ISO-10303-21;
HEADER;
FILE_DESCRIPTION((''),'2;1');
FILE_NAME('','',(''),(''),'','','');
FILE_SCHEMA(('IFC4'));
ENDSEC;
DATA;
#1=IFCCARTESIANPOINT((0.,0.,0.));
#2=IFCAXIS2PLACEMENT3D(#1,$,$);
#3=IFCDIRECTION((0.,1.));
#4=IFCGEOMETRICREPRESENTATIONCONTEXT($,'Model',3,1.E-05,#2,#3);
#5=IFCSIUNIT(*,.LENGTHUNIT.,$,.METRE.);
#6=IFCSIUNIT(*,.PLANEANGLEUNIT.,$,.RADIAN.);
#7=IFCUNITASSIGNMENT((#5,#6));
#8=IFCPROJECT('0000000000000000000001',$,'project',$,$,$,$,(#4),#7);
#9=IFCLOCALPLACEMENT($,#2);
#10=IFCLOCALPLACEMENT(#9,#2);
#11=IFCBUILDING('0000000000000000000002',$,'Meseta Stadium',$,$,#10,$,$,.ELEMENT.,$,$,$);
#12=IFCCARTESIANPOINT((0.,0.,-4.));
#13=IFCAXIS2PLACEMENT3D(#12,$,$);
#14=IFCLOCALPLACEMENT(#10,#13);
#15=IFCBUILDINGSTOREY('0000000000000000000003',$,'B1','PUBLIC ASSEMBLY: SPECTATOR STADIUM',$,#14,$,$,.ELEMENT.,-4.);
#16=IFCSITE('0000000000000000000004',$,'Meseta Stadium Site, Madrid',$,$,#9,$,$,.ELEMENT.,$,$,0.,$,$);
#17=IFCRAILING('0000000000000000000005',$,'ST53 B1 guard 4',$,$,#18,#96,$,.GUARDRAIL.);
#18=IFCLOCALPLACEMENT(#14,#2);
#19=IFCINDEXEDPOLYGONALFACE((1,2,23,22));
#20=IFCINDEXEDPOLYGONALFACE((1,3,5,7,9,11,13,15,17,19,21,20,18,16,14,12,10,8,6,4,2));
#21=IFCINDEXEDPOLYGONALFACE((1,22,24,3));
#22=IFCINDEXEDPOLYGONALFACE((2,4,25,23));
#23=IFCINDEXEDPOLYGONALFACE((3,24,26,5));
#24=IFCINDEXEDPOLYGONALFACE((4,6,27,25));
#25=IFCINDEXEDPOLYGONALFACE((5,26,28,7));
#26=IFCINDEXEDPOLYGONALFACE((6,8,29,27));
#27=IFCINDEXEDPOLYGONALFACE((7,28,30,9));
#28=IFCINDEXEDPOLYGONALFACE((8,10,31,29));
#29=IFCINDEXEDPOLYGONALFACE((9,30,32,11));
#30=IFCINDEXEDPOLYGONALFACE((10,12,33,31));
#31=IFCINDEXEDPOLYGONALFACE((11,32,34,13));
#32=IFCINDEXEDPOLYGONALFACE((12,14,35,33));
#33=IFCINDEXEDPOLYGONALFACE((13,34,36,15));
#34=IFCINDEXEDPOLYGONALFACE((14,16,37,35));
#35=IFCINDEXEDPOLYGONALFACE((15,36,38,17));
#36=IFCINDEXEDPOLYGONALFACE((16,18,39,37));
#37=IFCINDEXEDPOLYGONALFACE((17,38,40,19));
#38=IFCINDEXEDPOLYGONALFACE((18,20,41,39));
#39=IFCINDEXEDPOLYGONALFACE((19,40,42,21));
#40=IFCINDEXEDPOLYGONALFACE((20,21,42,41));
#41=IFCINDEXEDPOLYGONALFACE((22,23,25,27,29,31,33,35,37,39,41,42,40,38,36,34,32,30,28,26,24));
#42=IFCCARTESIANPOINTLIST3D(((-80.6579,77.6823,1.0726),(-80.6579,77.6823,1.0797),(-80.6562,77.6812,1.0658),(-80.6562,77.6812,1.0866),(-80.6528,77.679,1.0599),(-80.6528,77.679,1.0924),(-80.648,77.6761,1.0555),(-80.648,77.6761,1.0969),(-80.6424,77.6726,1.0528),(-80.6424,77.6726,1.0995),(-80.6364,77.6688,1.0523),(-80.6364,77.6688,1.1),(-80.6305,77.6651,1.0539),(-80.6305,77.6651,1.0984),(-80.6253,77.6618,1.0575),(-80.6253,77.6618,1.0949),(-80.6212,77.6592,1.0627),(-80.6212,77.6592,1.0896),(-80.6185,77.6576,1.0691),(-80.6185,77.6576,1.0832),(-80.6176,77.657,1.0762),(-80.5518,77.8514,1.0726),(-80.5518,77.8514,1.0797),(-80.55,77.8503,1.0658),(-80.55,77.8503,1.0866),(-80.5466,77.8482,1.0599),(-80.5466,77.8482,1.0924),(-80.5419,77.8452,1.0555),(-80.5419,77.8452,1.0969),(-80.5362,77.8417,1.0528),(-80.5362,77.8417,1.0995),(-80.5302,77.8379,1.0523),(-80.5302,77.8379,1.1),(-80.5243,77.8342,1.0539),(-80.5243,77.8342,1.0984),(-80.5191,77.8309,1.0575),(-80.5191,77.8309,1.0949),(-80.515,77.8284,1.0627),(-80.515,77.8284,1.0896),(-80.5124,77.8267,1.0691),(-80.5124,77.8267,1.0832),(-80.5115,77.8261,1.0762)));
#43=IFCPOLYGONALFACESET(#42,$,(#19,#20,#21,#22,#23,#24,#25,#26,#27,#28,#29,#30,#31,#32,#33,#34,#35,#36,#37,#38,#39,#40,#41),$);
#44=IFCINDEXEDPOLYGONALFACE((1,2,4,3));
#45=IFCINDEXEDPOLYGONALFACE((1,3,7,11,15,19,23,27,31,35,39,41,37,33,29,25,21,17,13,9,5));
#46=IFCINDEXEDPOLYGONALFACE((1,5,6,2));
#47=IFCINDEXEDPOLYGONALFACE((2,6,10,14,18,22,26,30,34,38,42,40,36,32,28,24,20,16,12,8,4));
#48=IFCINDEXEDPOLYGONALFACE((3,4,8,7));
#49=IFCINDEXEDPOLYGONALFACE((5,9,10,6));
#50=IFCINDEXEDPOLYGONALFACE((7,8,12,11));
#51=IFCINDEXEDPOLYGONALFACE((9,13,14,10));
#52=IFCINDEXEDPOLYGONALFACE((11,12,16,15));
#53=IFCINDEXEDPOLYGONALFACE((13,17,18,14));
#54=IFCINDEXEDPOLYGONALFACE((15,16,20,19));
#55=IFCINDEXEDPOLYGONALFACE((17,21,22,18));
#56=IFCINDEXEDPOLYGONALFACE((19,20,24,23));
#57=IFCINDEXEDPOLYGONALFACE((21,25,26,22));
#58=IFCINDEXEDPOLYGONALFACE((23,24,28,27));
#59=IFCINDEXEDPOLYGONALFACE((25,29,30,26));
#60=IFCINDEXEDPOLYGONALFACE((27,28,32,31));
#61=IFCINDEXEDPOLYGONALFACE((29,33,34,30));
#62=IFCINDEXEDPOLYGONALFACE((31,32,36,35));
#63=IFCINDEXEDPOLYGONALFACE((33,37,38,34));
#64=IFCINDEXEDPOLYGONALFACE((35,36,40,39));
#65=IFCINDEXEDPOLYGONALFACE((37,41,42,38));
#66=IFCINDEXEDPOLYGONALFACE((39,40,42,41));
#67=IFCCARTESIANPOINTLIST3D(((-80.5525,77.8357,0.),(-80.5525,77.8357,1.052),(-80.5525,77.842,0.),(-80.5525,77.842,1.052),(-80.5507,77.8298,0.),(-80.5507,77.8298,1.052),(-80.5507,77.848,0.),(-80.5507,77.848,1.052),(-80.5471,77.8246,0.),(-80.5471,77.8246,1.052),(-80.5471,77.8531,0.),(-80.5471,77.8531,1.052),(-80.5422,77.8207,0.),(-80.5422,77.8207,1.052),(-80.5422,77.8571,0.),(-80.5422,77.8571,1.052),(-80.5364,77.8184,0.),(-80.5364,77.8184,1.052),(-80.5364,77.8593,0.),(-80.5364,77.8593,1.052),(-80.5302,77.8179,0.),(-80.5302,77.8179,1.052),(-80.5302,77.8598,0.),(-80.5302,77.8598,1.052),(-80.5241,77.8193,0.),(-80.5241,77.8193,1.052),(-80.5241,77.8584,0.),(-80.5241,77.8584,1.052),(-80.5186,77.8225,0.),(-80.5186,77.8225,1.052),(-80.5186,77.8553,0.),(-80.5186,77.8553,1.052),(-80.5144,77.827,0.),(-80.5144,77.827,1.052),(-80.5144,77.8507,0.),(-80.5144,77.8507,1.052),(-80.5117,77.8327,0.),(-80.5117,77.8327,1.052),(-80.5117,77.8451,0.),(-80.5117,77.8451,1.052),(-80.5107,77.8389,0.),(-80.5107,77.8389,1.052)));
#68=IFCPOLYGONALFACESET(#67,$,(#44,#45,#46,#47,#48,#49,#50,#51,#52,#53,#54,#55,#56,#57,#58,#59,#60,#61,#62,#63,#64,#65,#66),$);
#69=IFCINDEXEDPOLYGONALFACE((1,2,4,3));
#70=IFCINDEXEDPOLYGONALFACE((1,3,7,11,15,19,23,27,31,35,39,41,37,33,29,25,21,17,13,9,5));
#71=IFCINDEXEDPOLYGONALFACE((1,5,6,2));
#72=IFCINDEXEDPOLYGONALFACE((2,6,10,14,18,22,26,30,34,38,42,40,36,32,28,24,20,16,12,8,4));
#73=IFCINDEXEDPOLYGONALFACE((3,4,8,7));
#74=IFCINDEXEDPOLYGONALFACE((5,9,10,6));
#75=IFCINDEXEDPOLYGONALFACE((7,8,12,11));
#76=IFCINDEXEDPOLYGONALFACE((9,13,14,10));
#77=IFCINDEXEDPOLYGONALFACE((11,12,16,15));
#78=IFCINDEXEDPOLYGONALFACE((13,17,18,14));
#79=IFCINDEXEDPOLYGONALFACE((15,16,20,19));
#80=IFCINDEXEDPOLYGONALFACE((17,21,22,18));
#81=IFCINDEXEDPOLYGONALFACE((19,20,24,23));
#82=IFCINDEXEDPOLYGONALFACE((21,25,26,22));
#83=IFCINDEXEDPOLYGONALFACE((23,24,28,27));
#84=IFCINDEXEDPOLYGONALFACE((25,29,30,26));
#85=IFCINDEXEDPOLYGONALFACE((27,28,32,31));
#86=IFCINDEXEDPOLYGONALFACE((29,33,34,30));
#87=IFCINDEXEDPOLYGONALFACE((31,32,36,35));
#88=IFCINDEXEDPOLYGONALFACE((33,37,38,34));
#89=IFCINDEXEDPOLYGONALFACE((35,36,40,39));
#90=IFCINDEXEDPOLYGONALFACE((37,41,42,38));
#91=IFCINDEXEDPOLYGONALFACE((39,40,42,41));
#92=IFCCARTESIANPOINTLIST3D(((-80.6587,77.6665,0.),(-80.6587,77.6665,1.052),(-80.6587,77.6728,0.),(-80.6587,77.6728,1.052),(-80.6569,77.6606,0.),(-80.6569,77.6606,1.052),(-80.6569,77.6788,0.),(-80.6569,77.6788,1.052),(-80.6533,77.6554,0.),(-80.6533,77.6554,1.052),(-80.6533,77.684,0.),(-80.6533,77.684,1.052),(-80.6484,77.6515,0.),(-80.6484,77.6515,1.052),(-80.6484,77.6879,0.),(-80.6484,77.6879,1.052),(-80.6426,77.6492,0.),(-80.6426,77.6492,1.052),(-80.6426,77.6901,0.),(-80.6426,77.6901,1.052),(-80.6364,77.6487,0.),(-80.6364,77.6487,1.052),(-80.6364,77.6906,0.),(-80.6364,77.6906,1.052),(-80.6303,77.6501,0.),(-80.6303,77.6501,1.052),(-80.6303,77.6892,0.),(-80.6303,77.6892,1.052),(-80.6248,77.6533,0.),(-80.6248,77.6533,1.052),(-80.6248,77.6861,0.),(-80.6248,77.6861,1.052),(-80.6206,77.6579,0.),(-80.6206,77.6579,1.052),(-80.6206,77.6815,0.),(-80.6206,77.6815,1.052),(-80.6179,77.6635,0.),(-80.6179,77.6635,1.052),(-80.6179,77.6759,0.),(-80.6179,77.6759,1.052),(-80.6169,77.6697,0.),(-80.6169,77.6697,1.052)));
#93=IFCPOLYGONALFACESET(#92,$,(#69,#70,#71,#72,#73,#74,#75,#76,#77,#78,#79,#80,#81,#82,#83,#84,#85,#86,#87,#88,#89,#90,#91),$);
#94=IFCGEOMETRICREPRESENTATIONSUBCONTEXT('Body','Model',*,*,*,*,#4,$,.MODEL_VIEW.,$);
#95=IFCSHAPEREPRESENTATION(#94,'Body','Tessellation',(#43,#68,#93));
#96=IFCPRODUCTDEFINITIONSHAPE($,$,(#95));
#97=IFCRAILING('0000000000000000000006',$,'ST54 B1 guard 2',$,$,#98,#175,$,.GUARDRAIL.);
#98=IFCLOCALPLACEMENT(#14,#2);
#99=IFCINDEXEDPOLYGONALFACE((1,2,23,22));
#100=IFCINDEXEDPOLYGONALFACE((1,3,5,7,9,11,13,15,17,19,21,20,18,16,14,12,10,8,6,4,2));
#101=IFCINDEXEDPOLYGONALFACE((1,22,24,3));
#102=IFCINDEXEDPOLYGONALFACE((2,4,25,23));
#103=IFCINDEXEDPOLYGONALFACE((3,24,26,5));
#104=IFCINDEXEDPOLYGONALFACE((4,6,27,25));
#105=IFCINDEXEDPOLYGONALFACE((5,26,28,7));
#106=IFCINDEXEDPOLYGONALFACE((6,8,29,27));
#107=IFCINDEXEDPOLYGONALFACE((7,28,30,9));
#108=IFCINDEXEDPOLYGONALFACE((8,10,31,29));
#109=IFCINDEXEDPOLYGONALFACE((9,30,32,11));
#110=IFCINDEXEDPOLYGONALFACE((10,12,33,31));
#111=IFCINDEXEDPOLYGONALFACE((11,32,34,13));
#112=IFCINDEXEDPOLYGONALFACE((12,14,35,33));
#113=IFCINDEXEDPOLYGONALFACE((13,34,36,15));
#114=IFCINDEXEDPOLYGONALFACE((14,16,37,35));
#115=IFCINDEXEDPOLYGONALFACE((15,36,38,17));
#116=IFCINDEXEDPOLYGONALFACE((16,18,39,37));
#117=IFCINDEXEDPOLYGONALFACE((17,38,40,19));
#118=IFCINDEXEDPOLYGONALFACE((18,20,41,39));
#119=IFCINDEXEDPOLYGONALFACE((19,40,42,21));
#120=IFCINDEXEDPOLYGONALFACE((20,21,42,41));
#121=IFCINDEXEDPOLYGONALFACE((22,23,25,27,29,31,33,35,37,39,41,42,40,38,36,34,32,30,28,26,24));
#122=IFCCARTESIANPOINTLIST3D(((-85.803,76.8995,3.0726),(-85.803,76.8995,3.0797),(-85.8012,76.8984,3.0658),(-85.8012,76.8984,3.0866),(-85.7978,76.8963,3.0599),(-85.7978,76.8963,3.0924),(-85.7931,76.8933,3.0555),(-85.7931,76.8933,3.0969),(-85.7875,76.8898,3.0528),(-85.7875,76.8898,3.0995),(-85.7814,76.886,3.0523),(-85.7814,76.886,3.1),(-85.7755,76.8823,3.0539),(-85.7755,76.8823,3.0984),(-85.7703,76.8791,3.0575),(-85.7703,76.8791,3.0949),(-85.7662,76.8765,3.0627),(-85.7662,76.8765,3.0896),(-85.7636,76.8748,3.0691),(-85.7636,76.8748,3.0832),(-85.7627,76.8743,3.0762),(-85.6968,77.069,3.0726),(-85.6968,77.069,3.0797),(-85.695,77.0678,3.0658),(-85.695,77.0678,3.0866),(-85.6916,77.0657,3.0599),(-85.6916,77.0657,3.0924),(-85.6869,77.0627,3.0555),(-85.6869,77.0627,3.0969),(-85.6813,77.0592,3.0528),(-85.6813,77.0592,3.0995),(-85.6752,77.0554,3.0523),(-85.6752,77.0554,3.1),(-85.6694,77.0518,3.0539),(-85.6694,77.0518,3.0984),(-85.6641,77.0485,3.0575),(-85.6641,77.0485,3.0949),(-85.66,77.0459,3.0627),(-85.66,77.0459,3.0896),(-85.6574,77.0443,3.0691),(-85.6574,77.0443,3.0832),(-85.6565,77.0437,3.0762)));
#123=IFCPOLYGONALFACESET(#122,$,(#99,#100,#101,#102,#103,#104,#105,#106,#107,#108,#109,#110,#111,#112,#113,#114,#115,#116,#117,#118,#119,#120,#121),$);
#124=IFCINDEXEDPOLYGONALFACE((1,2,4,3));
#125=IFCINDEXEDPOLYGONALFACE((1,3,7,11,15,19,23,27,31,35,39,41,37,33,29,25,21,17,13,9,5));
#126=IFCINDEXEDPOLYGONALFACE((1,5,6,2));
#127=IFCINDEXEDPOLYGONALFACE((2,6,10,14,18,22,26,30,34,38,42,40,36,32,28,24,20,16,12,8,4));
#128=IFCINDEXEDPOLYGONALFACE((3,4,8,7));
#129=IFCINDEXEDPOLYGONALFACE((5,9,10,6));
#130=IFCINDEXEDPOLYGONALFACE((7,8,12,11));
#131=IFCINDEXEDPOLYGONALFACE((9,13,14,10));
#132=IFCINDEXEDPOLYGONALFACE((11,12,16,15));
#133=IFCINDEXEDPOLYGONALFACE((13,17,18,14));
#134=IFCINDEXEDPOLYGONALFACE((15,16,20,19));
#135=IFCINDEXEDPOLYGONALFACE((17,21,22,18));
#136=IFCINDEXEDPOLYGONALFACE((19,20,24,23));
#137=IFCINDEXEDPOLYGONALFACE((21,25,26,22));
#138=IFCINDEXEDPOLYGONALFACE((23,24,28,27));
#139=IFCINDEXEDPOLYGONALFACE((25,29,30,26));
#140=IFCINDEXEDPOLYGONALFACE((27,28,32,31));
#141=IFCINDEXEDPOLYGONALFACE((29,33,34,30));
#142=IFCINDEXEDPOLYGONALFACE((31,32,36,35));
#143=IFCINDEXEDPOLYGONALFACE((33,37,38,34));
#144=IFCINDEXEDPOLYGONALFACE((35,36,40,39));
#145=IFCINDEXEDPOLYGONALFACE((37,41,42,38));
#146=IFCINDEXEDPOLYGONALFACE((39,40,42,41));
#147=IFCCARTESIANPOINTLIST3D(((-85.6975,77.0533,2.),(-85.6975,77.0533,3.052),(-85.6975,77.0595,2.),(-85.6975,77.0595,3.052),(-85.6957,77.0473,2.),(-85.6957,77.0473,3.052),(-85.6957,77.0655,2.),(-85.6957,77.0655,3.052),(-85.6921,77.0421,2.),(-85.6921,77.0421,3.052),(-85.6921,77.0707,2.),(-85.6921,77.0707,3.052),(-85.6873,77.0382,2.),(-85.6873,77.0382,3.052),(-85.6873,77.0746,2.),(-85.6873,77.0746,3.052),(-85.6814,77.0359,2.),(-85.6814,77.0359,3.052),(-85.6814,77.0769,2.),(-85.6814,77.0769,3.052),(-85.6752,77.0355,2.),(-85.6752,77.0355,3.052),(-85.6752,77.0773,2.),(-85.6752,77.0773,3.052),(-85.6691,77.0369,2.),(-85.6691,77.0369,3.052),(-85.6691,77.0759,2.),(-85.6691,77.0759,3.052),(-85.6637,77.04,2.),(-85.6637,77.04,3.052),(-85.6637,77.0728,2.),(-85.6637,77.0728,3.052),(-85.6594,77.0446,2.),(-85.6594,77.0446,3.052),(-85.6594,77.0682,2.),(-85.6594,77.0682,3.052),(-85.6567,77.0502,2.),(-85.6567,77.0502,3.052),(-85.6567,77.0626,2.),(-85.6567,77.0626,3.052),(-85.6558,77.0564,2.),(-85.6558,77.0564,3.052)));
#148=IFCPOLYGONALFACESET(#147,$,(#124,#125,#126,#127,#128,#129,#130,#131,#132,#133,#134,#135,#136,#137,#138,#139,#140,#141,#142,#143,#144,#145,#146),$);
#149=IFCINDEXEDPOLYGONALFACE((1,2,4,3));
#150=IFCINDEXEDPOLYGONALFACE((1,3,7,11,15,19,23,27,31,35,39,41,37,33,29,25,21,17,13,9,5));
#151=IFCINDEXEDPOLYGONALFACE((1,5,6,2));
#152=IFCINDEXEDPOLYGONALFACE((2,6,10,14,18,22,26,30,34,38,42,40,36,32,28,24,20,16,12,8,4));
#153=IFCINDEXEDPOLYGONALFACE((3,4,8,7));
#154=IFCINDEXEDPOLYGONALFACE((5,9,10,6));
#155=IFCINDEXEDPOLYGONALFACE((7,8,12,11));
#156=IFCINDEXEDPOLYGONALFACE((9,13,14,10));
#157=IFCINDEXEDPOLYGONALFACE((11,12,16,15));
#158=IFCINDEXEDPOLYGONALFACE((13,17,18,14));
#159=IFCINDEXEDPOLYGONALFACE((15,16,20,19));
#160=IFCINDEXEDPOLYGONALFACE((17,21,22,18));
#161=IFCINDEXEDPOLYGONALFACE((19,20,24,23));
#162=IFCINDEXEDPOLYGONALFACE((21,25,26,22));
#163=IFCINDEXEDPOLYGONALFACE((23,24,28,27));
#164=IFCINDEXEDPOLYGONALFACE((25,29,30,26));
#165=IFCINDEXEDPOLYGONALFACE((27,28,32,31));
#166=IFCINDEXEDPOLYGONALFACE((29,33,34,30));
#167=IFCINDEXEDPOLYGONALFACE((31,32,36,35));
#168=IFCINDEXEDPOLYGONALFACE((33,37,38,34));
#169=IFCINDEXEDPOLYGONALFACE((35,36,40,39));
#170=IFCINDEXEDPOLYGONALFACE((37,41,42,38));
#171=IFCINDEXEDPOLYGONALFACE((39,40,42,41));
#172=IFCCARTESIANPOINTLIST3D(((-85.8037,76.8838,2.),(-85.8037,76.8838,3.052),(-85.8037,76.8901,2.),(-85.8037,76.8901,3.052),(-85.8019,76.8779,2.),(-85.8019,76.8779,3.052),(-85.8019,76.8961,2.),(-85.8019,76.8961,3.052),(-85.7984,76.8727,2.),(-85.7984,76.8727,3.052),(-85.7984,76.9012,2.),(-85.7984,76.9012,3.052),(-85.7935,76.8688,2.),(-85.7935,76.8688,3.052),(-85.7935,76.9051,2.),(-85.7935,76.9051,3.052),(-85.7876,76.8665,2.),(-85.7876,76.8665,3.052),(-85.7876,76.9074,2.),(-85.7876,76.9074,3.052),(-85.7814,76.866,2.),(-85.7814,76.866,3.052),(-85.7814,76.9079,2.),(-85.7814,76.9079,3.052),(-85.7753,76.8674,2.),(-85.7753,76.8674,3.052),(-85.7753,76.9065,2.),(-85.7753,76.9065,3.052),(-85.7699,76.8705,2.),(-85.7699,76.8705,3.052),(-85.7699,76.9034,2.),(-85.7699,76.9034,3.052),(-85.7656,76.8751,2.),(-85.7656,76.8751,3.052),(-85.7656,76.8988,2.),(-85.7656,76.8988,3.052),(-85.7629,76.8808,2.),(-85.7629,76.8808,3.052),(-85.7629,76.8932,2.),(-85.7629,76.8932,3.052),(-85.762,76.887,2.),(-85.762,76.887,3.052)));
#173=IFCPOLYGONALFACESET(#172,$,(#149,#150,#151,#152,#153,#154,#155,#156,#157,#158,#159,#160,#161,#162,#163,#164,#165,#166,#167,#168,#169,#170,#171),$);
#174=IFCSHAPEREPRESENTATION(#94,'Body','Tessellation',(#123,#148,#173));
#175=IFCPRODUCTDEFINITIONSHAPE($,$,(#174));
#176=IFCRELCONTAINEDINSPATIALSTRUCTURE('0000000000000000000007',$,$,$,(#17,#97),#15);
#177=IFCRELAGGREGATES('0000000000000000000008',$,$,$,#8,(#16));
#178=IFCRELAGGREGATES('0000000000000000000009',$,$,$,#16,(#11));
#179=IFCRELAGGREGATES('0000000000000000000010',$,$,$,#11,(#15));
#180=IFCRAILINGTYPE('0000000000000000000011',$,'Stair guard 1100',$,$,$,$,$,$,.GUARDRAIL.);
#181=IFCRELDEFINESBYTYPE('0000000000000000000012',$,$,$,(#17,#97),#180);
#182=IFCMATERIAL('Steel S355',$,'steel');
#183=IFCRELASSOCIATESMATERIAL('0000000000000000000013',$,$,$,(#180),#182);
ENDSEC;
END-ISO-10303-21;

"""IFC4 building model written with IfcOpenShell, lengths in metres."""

from ifc_helpers import new_model, si_unit, direction, frame, origin, origin_2d, place, context, subcontext, project, spatial, circle, extrude, material, type_object, element, save


model = new_model("IFC4")

# Units and contexts
model_context = context("Model", 3, precision=1e-05, world=origin(), true_north=direction((0.0, 1.0)))
body_context = subcontext(model_context, "Body", "Model", "MODEL_VIEW")
ifc_project = project(units=[si_unit("LENGTHUNIT", "METRE"), si_unit("PLANEANGLEUNIT", "RADIAN")], contexts=[model_context])

# Site, building, storey
site_placement = place(None, origin())
site = spatial("IfcSite", under=ifc_project, at=site_placement, Name="Meseta Stadium Site, Madrid", CompositionType="ELEMENT", RefElevation=0.0)
building_placement = place(site_placement, origin())
building = spatial("IfcBuilding", under=site, at=building_placement, Name="Meseta Stadium", CompositionType="ELEMENT")
storey_placement = place(building_placement, frame((0.0, 0.0, -4.0)))
storey = spatial("IfcBuildingStorey", under=building, at=storey_placement, Name="B1", Description="PUBLIC ASSEMBLY: SPECTATOR STADIUM", CompositionType="ELEMENT", Elevation=-4.0)

# Railings
ifc_material_1 = material(Name="Steel S355", Category="steel")
railing_type_1 = type_object("IfcRailingType", Name="Stair guard 1100", PredefinedType="GUARDRAIL", material=ifc_material_1)
railing_1_placement = place(storey_placement, frame((-80.5317, 77.8389, 0.0)))
element("IfcRailing", 1, at=railing_1_placement, inside=storey, type_object=railing_type_1, Name="ST53 B1 guard 4", PredefinedType="GUARDRAIL", context=body_context, shape_type="SweptSolid", body=[
    extrude(circle(Radius=0.0239, at=origin_2d()), frame((0.0, 0.0, 1.0762), z_axis=(-0.531646, -0.846967, 0.0), x_axis=(0.846967, -0.531646, 0.0)), (0.0, 0.0, 1.0), 0.1997),
    extrude(circle(Radius=0.021, at=origin_2d()), origin(), (0.0, 0.0, 1.0), 1.052),
    extrude(circle(Radius=0.021, at=origin_2d()), frame((-0.1062, -0.1692, 0.0)), (0.0, 0.0, 1.0), 1.052),
])
railing_2_placement = place(storey_placement, frame((-85.6768, 77.0564, 2.0)))
element("IfcRailing", 2, at=railing_2_placement, inside=storey, type_object=railing_type_1, Name="ST54 B1 guard 2", PredefinedType="GUARDRAIL", context=body_context, shape_type="SweptSolid", body=[
    extrude(circle(Radius=0.0239, at=origin_2d()), frame((0.0, 0.0, 1.0762), z_axis=(-0.531096, -0.847312, 0.0), x_axis=(0.847312, -0.531096, 0.0)), (0.0, 0.0, 1.0), 0.2),
    extrude(circle(Radius=0.021, at=origin_2d()), origin(), (0.0, 0.0, 1.0), 1.052),
    extrude(circle(Radius=0.021, at=origin_2d()), frame((-0.1062, -0.1694, 0.0)), (0.0, 0.0, 1.0), 1.052),
])

save(model, "model.ifc")
